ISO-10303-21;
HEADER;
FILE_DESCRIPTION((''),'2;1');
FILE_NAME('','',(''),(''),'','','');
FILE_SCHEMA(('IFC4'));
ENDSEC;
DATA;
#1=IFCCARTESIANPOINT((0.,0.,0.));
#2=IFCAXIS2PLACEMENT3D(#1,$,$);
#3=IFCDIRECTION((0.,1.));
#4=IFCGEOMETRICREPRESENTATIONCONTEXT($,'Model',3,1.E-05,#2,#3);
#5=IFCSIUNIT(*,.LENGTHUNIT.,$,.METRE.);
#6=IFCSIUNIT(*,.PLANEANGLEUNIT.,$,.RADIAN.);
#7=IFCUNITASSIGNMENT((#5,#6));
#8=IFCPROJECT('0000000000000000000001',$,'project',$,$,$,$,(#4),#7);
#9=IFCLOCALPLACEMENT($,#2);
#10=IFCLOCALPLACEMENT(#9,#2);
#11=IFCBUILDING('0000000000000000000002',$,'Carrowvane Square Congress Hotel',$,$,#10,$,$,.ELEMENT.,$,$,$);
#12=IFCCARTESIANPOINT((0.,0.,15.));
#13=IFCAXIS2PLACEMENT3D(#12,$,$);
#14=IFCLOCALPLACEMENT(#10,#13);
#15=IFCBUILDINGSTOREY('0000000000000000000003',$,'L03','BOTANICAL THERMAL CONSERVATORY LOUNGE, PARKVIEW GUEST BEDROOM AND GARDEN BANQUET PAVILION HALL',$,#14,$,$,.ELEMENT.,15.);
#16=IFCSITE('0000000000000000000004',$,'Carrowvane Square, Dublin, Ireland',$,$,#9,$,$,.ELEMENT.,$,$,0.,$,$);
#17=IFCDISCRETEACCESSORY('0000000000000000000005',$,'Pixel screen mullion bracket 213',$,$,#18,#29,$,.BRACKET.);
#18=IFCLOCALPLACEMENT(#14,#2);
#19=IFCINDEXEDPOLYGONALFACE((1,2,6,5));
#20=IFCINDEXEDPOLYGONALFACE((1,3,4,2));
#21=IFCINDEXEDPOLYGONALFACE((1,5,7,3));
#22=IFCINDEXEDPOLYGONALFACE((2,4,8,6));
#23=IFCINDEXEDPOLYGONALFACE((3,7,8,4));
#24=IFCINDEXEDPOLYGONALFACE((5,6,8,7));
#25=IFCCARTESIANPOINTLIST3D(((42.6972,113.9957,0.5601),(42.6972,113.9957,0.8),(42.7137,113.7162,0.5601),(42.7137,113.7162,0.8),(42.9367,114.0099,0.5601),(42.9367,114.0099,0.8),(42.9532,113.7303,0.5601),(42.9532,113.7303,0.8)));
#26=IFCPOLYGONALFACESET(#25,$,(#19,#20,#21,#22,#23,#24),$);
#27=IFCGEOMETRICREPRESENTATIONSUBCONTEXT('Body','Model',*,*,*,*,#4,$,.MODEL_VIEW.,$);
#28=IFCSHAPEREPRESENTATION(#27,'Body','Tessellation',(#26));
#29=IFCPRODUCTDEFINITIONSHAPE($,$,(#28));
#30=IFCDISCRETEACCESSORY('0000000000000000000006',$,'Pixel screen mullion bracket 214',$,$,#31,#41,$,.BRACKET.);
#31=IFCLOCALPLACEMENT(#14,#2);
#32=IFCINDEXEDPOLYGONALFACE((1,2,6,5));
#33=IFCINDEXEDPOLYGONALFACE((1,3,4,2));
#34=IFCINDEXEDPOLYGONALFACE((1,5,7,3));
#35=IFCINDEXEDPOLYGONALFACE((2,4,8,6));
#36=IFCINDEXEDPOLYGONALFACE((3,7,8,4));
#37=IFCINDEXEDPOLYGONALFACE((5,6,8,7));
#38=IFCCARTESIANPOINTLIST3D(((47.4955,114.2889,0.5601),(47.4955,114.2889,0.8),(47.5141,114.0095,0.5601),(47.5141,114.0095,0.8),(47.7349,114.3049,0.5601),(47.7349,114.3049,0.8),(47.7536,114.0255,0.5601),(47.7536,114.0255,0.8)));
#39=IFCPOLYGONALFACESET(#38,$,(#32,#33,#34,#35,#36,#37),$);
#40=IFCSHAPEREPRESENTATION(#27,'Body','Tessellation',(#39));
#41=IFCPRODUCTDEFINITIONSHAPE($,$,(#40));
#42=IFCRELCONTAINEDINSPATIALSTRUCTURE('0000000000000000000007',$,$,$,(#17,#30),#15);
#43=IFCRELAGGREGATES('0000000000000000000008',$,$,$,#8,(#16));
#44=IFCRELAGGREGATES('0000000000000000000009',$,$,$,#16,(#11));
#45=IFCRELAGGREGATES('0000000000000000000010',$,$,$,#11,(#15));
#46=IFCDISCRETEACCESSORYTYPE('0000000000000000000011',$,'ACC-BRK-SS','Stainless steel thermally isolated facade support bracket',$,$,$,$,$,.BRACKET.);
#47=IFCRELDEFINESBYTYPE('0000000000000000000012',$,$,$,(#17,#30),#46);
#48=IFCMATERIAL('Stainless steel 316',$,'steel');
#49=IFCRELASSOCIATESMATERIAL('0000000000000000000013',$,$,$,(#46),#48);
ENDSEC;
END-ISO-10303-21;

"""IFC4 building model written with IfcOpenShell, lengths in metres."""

from ifc_helpers import new_model, si_unit, direction, frame, origin, origin_2d, place, context, subcontext, project, spatial, rectangle, extrude, material, type_object, element, save


model = new_model("IFC4")

# Units and contexts
model_context = context("Model", 3, precision=1e-05, world=origin(), true_north=direction((0.0, 1.0)))
body_context = subcontext(model_context, "Body", "Model", "MODEL_VIEW")
ifc_project = project(units=[si_unit("LENGTHUNIT", "METRE"), si_unit("PLANEANGLEUNIT", "RADIAN")], contexts=[model_context])

# Site, building, storey
site_placement = place(None, origin())
site = spatial("IfcSite", under=ifc_project, at=site_placement, Name="Carrowvane Square, Dublin, Ireland", CompositionType="ELEMENT", RefElevation=0.0)
building_placement = place(site_placement, origin())
building = spatial("IfcBuilding", under=site, at=building_placement, Name="Carrowvane Square Congress Hotel", CompositionType="ELEMENT")
storey_placement = place(building_placement, frame((0.0, 0.0, 15.0)))
storey = spatial("IfcBuildingStorey", under=building, at=storey_placement, Name="L03", Description="BOTANICAL THERMAL CONSERVATORY LOUNGE, PARKVIEW GUEST BEDROOM AND GARDEN BANQUET PAVILION HALL", CompositionType="ELEMENT", Elevation=15.0)

# Discrete accessories
ifc_material_1 = material(Name="Stainless steel 316", Category="steel")
discrete_accessory_type = type_object("IfcDiscreteAccessoryType", Name="ACC-BRK-SS", Description="Stainless steel thermally isolated facade support bracket", PredefinedType="BRACKET", material=ifc_material_1)
for number, where, z_axis, x_axis, name in (
    (1, (42.8252, 113.863, 0.5601), (0.0, 0.0, 1.0), (0.998259, 0.058985, 0.0), "Pixel screen mullion bracket 213"),
    (2, (47.6245, 114.1572, 0.5601), (0.0, 0.0, 1.0), (0.997781, 0.066574, 0.0), "Pixel screen mullion bracket 214"),
):
    element("IfcDiscreteAccessory", number, at=place(storey_placement, frame(where, z_axis=z_axis, x_axis=x_axis)), inside=storey, type_object=discrete_accessory_type, Name=name, PredefinedType="BRACKET", context=body_context, shape_type="SweptSolid", body=[
        extrude(rectangle(XDim=0.24, YDim=0.28, at=origin_2d()), origin(), (0.0, 0.0, 1.0), 0.24),
    ])

save(model, "model.ifc")
